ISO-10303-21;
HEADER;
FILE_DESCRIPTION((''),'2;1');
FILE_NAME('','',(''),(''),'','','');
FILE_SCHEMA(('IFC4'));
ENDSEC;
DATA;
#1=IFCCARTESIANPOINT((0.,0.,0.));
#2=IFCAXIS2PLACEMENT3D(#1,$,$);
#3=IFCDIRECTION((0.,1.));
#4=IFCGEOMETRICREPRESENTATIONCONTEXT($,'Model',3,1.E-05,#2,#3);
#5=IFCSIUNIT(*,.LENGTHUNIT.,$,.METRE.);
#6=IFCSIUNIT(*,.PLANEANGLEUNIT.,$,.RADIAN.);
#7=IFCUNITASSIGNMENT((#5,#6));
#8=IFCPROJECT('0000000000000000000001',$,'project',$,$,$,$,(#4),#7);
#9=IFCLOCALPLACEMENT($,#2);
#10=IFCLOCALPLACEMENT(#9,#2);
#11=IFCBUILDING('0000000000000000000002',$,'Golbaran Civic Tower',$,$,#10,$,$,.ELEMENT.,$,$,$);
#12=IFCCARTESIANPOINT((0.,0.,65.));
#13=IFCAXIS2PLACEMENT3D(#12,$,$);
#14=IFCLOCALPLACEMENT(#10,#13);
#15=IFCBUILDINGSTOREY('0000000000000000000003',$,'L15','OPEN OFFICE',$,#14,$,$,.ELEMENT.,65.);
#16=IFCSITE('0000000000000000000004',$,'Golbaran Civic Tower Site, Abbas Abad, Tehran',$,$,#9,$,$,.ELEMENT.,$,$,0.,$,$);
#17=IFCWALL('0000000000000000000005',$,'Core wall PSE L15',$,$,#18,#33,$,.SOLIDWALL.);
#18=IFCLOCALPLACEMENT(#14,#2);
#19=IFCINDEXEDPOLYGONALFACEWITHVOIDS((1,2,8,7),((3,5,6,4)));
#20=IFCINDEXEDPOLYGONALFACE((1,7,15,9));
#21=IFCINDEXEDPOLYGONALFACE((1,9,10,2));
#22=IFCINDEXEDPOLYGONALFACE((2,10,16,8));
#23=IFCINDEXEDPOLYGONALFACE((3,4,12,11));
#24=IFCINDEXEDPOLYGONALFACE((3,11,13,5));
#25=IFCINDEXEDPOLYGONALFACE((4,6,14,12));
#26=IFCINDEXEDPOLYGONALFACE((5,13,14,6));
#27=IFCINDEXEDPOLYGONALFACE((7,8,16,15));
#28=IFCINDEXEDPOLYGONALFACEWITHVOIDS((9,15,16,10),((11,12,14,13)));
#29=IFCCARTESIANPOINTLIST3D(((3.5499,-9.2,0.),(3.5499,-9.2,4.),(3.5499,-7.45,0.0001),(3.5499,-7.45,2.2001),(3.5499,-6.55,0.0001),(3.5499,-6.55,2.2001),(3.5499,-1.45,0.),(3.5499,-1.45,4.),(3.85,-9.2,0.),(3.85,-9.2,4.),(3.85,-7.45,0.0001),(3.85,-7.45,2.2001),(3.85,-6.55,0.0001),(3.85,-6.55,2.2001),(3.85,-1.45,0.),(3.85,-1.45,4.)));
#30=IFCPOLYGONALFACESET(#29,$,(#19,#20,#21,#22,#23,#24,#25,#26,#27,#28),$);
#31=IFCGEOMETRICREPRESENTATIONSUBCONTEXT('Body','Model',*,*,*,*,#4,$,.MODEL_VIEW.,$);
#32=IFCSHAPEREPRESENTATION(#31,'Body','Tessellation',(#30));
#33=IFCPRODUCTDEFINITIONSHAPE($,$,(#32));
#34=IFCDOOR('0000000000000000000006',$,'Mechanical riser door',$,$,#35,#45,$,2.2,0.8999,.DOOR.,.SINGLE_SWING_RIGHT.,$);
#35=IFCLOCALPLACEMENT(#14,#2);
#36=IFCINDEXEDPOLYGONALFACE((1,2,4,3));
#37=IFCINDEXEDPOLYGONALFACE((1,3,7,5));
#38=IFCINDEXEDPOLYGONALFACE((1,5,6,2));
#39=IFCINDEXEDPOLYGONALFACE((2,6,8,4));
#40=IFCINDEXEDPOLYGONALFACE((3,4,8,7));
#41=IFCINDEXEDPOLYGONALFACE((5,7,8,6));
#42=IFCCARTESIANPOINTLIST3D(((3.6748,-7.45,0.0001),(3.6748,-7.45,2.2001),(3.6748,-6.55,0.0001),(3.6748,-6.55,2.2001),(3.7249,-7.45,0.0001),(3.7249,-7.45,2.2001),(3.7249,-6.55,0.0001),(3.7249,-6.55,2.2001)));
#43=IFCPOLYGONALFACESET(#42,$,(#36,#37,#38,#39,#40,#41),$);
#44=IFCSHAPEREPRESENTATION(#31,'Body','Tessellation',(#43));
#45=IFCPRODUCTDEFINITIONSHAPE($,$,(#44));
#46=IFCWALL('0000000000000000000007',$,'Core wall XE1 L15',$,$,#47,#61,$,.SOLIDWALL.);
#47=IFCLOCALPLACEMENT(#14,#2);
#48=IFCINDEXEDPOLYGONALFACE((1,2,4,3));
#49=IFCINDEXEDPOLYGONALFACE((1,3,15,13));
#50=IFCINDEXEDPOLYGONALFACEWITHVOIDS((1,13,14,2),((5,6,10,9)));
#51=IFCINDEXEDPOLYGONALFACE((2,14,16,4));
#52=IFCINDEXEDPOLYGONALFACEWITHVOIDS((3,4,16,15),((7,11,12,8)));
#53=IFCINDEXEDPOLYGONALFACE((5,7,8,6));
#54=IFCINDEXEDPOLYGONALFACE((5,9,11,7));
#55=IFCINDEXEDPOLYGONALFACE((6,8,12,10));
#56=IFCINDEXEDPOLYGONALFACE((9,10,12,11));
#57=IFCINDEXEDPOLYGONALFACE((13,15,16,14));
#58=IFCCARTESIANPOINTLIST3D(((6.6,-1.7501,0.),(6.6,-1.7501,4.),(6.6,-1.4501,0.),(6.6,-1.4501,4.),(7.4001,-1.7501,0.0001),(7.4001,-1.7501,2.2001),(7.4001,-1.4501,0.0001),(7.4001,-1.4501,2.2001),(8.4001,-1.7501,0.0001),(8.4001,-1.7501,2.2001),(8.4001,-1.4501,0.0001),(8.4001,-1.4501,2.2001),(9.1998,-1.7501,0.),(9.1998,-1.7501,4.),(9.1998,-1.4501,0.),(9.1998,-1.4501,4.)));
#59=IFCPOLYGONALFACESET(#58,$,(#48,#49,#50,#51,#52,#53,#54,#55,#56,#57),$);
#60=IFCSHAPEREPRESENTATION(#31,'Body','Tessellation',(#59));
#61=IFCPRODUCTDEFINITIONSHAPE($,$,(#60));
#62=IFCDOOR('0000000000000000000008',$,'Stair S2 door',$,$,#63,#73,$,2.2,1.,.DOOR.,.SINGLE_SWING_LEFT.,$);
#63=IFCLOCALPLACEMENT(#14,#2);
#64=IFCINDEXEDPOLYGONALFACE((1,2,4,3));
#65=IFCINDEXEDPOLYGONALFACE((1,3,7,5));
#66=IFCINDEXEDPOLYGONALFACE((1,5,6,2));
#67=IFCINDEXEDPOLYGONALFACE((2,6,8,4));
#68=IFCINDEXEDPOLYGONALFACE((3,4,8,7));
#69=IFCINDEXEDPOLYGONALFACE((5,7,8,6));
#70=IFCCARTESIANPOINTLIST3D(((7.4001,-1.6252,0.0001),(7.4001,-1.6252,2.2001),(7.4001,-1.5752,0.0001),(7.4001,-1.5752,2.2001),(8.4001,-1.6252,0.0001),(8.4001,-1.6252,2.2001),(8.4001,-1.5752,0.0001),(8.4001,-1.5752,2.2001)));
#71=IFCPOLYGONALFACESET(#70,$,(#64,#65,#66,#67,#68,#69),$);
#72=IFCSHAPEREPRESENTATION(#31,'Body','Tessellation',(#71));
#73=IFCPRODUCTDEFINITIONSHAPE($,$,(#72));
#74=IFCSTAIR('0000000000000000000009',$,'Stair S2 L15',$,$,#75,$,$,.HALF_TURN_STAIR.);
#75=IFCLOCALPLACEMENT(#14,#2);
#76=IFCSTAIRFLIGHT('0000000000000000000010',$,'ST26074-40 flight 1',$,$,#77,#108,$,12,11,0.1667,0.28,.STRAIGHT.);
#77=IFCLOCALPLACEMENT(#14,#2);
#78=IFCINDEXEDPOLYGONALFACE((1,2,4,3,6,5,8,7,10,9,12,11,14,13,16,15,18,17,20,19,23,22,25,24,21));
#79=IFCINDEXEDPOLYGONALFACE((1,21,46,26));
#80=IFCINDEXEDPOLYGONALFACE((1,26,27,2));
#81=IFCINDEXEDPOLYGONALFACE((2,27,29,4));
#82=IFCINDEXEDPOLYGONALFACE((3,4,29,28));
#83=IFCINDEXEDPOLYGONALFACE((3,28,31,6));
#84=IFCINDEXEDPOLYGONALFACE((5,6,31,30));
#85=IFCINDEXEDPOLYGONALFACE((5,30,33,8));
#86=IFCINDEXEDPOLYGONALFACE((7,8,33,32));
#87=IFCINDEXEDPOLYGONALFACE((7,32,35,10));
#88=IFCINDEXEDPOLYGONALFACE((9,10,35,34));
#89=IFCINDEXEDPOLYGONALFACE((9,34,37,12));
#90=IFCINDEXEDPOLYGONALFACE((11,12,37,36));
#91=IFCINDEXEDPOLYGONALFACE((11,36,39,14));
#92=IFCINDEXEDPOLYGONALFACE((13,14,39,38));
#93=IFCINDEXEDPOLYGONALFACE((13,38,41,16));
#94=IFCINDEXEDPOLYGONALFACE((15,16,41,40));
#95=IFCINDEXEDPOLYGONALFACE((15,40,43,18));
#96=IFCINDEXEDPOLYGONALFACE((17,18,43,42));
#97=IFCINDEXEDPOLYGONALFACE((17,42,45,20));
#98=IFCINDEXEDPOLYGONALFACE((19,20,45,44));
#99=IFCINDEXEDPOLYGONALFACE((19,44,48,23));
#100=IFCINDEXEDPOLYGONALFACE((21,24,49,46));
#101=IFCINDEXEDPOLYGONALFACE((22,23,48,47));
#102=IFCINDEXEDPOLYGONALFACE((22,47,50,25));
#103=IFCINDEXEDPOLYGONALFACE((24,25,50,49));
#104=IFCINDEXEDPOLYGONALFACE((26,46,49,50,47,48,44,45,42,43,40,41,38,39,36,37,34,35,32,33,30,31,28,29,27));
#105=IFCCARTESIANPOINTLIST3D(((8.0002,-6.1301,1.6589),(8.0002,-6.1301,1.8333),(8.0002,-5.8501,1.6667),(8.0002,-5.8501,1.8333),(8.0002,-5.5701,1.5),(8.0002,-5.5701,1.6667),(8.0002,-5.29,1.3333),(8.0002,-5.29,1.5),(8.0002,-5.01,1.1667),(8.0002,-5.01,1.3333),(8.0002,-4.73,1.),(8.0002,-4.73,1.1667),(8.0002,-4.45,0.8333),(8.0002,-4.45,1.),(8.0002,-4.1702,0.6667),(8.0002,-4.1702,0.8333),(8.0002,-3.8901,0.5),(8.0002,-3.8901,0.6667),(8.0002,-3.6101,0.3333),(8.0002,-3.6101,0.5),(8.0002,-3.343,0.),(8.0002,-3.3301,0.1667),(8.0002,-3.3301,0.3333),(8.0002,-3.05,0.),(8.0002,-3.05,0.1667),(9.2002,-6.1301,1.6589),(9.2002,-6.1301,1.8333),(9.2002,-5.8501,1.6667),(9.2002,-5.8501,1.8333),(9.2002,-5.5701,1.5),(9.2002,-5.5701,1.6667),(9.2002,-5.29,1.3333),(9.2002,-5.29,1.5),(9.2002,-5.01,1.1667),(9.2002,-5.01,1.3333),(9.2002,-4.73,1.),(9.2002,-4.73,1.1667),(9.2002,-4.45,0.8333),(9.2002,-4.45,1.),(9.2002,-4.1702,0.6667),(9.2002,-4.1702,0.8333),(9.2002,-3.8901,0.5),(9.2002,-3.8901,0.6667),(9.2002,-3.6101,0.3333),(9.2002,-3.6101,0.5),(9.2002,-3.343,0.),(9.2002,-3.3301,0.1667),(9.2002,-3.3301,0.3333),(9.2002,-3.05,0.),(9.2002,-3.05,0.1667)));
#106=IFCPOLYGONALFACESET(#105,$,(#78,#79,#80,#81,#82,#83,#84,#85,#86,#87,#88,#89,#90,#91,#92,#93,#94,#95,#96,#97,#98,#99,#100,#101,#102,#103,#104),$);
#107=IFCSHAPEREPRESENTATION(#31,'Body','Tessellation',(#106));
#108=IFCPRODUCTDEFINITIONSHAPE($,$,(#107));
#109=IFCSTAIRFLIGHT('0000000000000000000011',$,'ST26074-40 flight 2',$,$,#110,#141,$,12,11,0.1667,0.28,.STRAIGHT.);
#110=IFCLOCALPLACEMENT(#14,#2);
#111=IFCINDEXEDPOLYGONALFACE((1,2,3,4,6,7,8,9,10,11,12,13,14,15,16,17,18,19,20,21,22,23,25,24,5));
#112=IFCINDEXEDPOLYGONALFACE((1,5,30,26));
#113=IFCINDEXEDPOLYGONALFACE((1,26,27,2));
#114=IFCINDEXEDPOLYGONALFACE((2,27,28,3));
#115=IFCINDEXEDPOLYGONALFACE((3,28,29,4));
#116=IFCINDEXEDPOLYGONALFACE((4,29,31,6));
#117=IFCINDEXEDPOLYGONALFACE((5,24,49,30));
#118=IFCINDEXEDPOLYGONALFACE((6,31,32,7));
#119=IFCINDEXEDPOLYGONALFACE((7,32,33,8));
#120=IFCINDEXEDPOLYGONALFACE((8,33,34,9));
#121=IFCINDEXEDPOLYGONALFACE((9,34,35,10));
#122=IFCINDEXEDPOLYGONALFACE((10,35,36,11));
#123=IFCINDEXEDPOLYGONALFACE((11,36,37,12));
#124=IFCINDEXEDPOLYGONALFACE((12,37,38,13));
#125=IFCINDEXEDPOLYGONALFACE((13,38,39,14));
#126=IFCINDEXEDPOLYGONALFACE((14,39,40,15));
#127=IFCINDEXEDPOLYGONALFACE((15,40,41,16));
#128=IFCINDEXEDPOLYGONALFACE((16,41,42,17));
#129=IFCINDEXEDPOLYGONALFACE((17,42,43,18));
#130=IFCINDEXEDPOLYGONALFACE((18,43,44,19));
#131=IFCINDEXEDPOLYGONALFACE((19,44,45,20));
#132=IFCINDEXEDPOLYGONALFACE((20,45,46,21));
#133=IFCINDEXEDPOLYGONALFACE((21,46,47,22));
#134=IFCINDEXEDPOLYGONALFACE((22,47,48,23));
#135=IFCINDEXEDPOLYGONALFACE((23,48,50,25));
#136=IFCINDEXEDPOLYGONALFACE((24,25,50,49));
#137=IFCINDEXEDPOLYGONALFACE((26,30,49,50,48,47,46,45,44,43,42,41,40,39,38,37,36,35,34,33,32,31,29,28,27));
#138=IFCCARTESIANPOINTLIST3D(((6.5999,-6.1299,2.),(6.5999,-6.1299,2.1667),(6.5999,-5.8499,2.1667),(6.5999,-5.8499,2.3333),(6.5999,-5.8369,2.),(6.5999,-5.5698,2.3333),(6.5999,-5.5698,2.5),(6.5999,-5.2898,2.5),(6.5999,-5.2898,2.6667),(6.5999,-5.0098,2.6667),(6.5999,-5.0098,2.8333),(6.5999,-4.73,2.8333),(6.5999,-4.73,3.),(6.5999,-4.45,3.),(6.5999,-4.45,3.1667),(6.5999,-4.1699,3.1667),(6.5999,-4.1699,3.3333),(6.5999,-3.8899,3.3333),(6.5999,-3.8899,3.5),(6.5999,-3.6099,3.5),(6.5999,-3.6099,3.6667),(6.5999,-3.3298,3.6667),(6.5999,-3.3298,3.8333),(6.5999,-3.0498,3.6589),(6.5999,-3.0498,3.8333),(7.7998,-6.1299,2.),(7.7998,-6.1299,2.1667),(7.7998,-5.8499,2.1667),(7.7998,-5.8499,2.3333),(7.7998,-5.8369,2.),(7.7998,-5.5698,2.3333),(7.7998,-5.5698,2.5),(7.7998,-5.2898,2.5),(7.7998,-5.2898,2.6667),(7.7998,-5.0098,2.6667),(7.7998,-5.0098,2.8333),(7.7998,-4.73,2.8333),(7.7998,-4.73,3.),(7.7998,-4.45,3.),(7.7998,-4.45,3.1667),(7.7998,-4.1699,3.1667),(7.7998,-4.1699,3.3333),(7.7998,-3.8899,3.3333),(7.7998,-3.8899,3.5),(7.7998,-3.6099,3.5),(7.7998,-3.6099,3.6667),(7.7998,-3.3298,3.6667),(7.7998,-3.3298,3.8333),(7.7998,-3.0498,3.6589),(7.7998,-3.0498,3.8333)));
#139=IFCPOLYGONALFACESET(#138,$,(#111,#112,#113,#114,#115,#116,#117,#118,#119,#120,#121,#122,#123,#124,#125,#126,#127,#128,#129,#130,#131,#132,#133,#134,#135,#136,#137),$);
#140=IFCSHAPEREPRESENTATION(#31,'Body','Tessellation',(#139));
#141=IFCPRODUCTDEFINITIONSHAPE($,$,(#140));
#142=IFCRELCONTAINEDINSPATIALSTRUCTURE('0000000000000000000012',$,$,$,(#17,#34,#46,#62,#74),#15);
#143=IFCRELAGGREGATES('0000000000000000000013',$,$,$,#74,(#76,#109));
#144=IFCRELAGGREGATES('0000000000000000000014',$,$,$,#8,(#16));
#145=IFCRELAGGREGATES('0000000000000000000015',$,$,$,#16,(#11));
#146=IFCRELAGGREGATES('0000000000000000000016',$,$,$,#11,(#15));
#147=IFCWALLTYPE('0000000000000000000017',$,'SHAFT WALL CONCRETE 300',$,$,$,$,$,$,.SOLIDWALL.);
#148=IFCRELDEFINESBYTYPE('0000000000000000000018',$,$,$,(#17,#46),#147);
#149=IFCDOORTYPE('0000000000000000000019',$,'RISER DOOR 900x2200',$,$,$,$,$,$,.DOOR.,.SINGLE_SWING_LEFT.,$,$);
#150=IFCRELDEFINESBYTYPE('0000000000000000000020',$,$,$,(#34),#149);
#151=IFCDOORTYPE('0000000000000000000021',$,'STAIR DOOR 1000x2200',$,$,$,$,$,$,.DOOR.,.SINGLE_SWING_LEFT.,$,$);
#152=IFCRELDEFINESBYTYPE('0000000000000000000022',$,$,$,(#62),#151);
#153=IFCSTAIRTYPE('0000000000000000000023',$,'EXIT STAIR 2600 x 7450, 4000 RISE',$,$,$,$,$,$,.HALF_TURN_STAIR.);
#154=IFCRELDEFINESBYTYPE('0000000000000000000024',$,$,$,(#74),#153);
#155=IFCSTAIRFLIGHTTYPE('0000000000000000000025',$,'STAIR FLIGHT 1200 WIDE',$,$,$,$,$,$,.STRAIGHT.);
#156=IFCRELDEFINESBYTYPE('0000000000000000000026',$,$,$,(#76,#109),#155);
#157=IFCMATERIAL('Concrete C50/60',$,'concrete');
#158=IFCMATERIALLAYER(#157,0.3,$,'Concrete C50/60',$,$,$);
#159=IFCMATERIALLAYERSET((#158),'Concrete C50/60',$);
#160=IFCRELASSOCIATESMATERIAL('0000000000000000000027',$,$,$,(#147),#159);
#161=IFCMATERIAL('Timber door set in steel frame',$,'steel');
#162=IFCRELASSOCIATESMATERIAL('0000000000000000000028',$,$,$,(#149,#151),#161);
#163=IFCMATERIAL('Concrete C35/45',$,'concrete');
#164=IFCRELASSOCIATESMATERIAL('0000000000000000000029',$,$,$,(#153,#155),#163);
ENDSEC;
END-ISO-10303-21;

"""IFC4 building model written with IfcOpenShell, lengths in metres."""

from ifc_helpers import new_model, si_unit, direction, frame, frame_2d, origin, place, context, subcontext, project, spatial, polyline, rectangle, outline, extrude, material, layer, layer_set, type_object, element, fill, aggregate, save


model = new_model("IFC4")

# Units and contexts
model_context = context("Model", 3, precision=1e-05, world=origin(), true_north=direction((0.0, 1.0)))
body_context = subcontext(model_context, "Body", "Model", "MODEL_VIEW")
ifc_project = project(units=[si_unit("LENGTHUNIT", "METRE"), si_unit("PLANEANGLEUNIT", "RADIAN")], contexts=[model_context])

# Site, building, storey
site_placement = place(None, origin())
site = spatial("IfcSite", under=ifc_project, at=site_placement, Name="Golbaran Civic Tower Site, Abbas Abad, Tehran", CompositionType="ELEMENT", RefElevation=0.0)
building_placement = place(site_placement, origin())
building = spatial("IfcBuilding", under=site, at=building_placement, Name="Golbaran Civic Tower", CompositionType="ELEMENT")
storey_placement = place(building_placement, frame((0.0, 0.0, 65.0)))
storey = spatial("IfcBuildingStorey", under=building, at=storey_placement, Name="L15", Description="OPEN OFFICE", CompositionType="ELEMENT", Elevation=65.0)

# Shared definitions
ifc_material_1 = material(Name="Timber door set in steel frame", Category="steel")

# Shared definitions
ifc_material_2 = material(Name="Concrete C50/60", Category="concrete")
ifc_layer_1 = layer(ifc_material_2, 0.3, Name="Concrete C50/60")
ifc_layer_set_1 = layer_set([ifc_layer_1], Name="Concrete C50/60")
wall_type_1 = type_object("IfcWallType", Name="SHAFT WALL CONCRETE 300", PredefinedType="SOLIDWALL", material=ifc_layer_set_1)

# Shared definitions
door_type_1 = type_object("IfcDoorType", Name="RISER DOOR 900x2200", OperationType="SINGLE_SWING_LEFT", PredefinedType="DOOR", material=ifc_material_1)
door_type_2 = type_object("IfcDoorType", Name="STAIR DOOR 1000x2200", OperationType="SINGLE_SWING_LEFT", PredefinedType="DOOR", material=ifc_material_1)

# Walls, openings, doors
wall_1_placement = place(storey_placement, frame((3.7, -1.45, 0.0), z_axis=(0.0, 0.0, 1.0), x_axis=(0.0, -1.0, 0.0)))
wall_1 = element("IfcWall", 1, at=wall_1_placement, inside=storey, type_object=wall_type_1, Name="Core wall PSE L15", PredefinedType="SOLIDWALL", context=body_context, shape_type="SweptSolid", body=[
    extrude(rectangle(XDim=7.75, YDim=0.3, at=frame_2d((3.875, 0.0))), origin(), (0.0, 0.0, 1.0), 4.0),
])
opening_1_placement = place(wall_1_placement, frame((5.1001, 0.0, 0.0)))
opening_1 = element("IfcOpeningElement", 2, at=opening_1_placement, cuts=wall_1, PredefinedType="OPENING", context=body_context, shape_type="SweptSolid", body=[
    extrude(rectangle(XDim=0.8999, YDim=2.2, at=frame_2d((0.45, 1.1001))), frame((0.0, 0.1599, 0.0), z_axis=(0.0, -1.0, 0.0), x_axis=(1.0, 0.0, 0.0)), (0.0, 0.0, 1.0), 0.3201),
])
door_1_placement = place(opening_1_placement, origin())
door_1 = element("IfcDoor", 3, at=door_1_placement, inside=storey, type_object=door_type_1, Name="Mechanical riser door", OperationType="SINGLE_SWING_RIGHT", OverallHeight=2.2, OverallWidth=0.8999, PredefinedType="DOOR", context=body_context, shape_type="SweptSolid", body=[
    extrude(rectangle(XDim=0.8999, YDim=2.2, at=frame_2d((0.45, 1.1001))), frame((0.0, 0.0249, 0.0), z_axis=(0.0, -1.0, 0.0), x_axis=(1.0, 0.0, 0.0)), (0.0, 0.0, 1.0), 0.05),
])
fill(opening_1, door_1)
wall_2_placement = place(storey_placement, frame((6.6001, -1.6001, 0.0), z_axis=(0.0, 0.0, 1.0), x_axis=(1.0, 0.0, 0.0)))
wall_2 = element("IfcWall", 4, at=wall_2_placement, inside=storey, type_object=wall_type_1, Name="Core wall XE1 L15", PredefinedType="SOLIDWALL", context=body_context, shape_type="SweptSolid", body=[
    extrude(rectangle(XDim=2.5999, YDim=0.3, at=frame_2d((1.2998, 0.0))), origin(), (0.0, 0.0, 1.0), 4.0),
])
opening_2_placement = place(wall_2_placement, frame((0.8, 0.0, 0.0)))
opening_2 = element("IfcOpeningElement", 5, at=opening_2_placement, cuts=wall_2, PredefinedType="OPENING", context=body_context, shape_type="SweptSolid", body=[
    extrude(rectangle(XDim=1.0, YDim=2.2, at=frame_2d((0.5, 1.1001))), frame((0.0, 0.1599, 0.0), z_axis=(0.0, -1.0, 0.0), x_axis=(1.0, 0.0, 0.0)), (0.0, 0.0, 1.0), 0.3201),
])
door_2_placement = place(opening_2_placement, origin())
door_2 = element("IfcDoor", 6, at=door_2_placement, inside=storey, type_object=door_type_2, Name="Stair S2 door", OperationType="SINGLE_SWING_LEFT", OverallHeight=2.2, OverallWidth=1.0, PredefinedType="DOOR", context=body_context, shape_type="SweptSolid", body=[
    extrude(rectangle(XDim=1.0, YDim=2.2, at=frame_2d((0.5, 1.1001))), frame((0.0, 0.0249, 0.0), z_axis=(0.0, -1.0, 0.0), x_axis=(1.0, 0.0, 0.0)), (0.0, 0.0, 1.0), 0.05),
])
fill(opening_2, door_2)

# Stair, stair flights
ifc_material_3 = material(Name="Concrete C35/45", Category="concrete")
stair_type = type_object("IfcStairType", Name="EXIT STAIR 2600 x 7450, 4000 RISE", PredefinedType="HALF_TURN_STAIR", material=ifc_material_3)
stair_placement = place(storey_placement, origin())
stair = element("IfcStair", 7, at=stair_placement, inside=storey, type_object=stair_type, Name="Stair S2 L15", PredefinedType="HALF_TURN_STAIR")
stair_flight_type = type_object("IfcStairFlightType", Name="STAIR FLIGHT 1200 WIDE", PredefinedType="STRAIGHT", material=ifc_material_3)
stair_flight_1_placement = place(storey_placement, frame((8.6001, -3.05, 0.0), z_axis=(0.0, 0.0, 1.0), x_axis=(0.0, -1.0, 0.0)))
stair_flight_1 = element("IfcStairFlight", 8, at=stair_flight_1_placement, type_object=stair_flight_type, Name="ST26074-40 flight 1", NumberOfRisers=12, NumberOfTreads=11, PredefinedType="STRAIGHT", RiserHeight=0.1667, TreadLength=0.28, context=body_context, shape_type="SweptSolid", body=[
    extrude(outline(polyline([(0.0, 0.0), (0.0, 0.1667), (0.28, 0.1667), (0.28, 0.3333), (0.5601, 0.3333), (0.5601, 0.5), (0.8401, 0.5), (0.8401, 0.6667), (1.1201, 0.6667), (1.1201, 0.8333), (1.3999, 0.8333), (1.3999, 1.0), (1.6799, 1.0), (1.6799, 1.1667), (1.96, 1.1667), (1.96, 1.3333), (2.24, 1.3333), (2.24, 1.5), (2.52, 1.5), (2.52, 1.6667), (2.8, 1.6667), (2.8, 1.8333), (3.0801, 1.8333), (3.0801, 2.0), (3.0801, 1.6589), (0.293, 0.0), (0.0, 0.0)])), frame((0.0, 0.6001, 0.0), z_axis=(0.0, -1.0, 0.0), x_axis=(1.0, 0.0, 0.0)), (0.0, 0.0, 1.0), 1.2),
])
stair_flight_2_placement = place(storey_placement, frame((7.2, -6.1299, 2.0), z_axis=(0.0, 0.0, 1.0), x_axis=(0.0, 1.0, 0.0)))
stair_flight_2 = element("IfcStairFlight", 9, at=stair_flight_2_placement, type_object=stair_flight_type, Name="ST26074-40 flight 2", NumberOfRisers=12, NumberOfTreads=11, PredefinedType="STRAIGHT", RiserHeight=0.1667, TreadLength=0.28, context=body_context, shape_type="SweptSolid", body=[
    extrude(outline(polyline([(0.0, 0.0), (0.0, 0.1667), (0.28, 0.1667), (0.28, 0.3333), (0.5601, 0.3333), (0.5601, 0.5), (0.8401, 0.5), (0.8401, 0.6667), (1.1201, 0.6667), (1.1201, 0.8333), (1.3999, 0.8333), (1.3999, 1.0), (1.6799, 1.0), (1.6799, 1.1667), (1.96, 1.1667), (1.96, 1.3333), (2.24, 1.3333), (2.24, 1.5), (2.52, 1.5), (2.52, 1.6667), (2.8, 1.6667), (2.8, 1.8333), (3.0801, 1.8333), (3.0801, 2.0), (3.0801, 1.6589), (0.293, 0.0), (0.0, 0.0)])), frame((0.0, 0.6001, 0.0), z_axis=(0.0, -1.0, 0.0), x_axis=(1.0, 0.0, 0.0)), (0.0, 0.0, 1.0), 1.2),
])
aggregate(stair, [stair_flight_1, stair_flight_2])

save(model, "model.ifc")
